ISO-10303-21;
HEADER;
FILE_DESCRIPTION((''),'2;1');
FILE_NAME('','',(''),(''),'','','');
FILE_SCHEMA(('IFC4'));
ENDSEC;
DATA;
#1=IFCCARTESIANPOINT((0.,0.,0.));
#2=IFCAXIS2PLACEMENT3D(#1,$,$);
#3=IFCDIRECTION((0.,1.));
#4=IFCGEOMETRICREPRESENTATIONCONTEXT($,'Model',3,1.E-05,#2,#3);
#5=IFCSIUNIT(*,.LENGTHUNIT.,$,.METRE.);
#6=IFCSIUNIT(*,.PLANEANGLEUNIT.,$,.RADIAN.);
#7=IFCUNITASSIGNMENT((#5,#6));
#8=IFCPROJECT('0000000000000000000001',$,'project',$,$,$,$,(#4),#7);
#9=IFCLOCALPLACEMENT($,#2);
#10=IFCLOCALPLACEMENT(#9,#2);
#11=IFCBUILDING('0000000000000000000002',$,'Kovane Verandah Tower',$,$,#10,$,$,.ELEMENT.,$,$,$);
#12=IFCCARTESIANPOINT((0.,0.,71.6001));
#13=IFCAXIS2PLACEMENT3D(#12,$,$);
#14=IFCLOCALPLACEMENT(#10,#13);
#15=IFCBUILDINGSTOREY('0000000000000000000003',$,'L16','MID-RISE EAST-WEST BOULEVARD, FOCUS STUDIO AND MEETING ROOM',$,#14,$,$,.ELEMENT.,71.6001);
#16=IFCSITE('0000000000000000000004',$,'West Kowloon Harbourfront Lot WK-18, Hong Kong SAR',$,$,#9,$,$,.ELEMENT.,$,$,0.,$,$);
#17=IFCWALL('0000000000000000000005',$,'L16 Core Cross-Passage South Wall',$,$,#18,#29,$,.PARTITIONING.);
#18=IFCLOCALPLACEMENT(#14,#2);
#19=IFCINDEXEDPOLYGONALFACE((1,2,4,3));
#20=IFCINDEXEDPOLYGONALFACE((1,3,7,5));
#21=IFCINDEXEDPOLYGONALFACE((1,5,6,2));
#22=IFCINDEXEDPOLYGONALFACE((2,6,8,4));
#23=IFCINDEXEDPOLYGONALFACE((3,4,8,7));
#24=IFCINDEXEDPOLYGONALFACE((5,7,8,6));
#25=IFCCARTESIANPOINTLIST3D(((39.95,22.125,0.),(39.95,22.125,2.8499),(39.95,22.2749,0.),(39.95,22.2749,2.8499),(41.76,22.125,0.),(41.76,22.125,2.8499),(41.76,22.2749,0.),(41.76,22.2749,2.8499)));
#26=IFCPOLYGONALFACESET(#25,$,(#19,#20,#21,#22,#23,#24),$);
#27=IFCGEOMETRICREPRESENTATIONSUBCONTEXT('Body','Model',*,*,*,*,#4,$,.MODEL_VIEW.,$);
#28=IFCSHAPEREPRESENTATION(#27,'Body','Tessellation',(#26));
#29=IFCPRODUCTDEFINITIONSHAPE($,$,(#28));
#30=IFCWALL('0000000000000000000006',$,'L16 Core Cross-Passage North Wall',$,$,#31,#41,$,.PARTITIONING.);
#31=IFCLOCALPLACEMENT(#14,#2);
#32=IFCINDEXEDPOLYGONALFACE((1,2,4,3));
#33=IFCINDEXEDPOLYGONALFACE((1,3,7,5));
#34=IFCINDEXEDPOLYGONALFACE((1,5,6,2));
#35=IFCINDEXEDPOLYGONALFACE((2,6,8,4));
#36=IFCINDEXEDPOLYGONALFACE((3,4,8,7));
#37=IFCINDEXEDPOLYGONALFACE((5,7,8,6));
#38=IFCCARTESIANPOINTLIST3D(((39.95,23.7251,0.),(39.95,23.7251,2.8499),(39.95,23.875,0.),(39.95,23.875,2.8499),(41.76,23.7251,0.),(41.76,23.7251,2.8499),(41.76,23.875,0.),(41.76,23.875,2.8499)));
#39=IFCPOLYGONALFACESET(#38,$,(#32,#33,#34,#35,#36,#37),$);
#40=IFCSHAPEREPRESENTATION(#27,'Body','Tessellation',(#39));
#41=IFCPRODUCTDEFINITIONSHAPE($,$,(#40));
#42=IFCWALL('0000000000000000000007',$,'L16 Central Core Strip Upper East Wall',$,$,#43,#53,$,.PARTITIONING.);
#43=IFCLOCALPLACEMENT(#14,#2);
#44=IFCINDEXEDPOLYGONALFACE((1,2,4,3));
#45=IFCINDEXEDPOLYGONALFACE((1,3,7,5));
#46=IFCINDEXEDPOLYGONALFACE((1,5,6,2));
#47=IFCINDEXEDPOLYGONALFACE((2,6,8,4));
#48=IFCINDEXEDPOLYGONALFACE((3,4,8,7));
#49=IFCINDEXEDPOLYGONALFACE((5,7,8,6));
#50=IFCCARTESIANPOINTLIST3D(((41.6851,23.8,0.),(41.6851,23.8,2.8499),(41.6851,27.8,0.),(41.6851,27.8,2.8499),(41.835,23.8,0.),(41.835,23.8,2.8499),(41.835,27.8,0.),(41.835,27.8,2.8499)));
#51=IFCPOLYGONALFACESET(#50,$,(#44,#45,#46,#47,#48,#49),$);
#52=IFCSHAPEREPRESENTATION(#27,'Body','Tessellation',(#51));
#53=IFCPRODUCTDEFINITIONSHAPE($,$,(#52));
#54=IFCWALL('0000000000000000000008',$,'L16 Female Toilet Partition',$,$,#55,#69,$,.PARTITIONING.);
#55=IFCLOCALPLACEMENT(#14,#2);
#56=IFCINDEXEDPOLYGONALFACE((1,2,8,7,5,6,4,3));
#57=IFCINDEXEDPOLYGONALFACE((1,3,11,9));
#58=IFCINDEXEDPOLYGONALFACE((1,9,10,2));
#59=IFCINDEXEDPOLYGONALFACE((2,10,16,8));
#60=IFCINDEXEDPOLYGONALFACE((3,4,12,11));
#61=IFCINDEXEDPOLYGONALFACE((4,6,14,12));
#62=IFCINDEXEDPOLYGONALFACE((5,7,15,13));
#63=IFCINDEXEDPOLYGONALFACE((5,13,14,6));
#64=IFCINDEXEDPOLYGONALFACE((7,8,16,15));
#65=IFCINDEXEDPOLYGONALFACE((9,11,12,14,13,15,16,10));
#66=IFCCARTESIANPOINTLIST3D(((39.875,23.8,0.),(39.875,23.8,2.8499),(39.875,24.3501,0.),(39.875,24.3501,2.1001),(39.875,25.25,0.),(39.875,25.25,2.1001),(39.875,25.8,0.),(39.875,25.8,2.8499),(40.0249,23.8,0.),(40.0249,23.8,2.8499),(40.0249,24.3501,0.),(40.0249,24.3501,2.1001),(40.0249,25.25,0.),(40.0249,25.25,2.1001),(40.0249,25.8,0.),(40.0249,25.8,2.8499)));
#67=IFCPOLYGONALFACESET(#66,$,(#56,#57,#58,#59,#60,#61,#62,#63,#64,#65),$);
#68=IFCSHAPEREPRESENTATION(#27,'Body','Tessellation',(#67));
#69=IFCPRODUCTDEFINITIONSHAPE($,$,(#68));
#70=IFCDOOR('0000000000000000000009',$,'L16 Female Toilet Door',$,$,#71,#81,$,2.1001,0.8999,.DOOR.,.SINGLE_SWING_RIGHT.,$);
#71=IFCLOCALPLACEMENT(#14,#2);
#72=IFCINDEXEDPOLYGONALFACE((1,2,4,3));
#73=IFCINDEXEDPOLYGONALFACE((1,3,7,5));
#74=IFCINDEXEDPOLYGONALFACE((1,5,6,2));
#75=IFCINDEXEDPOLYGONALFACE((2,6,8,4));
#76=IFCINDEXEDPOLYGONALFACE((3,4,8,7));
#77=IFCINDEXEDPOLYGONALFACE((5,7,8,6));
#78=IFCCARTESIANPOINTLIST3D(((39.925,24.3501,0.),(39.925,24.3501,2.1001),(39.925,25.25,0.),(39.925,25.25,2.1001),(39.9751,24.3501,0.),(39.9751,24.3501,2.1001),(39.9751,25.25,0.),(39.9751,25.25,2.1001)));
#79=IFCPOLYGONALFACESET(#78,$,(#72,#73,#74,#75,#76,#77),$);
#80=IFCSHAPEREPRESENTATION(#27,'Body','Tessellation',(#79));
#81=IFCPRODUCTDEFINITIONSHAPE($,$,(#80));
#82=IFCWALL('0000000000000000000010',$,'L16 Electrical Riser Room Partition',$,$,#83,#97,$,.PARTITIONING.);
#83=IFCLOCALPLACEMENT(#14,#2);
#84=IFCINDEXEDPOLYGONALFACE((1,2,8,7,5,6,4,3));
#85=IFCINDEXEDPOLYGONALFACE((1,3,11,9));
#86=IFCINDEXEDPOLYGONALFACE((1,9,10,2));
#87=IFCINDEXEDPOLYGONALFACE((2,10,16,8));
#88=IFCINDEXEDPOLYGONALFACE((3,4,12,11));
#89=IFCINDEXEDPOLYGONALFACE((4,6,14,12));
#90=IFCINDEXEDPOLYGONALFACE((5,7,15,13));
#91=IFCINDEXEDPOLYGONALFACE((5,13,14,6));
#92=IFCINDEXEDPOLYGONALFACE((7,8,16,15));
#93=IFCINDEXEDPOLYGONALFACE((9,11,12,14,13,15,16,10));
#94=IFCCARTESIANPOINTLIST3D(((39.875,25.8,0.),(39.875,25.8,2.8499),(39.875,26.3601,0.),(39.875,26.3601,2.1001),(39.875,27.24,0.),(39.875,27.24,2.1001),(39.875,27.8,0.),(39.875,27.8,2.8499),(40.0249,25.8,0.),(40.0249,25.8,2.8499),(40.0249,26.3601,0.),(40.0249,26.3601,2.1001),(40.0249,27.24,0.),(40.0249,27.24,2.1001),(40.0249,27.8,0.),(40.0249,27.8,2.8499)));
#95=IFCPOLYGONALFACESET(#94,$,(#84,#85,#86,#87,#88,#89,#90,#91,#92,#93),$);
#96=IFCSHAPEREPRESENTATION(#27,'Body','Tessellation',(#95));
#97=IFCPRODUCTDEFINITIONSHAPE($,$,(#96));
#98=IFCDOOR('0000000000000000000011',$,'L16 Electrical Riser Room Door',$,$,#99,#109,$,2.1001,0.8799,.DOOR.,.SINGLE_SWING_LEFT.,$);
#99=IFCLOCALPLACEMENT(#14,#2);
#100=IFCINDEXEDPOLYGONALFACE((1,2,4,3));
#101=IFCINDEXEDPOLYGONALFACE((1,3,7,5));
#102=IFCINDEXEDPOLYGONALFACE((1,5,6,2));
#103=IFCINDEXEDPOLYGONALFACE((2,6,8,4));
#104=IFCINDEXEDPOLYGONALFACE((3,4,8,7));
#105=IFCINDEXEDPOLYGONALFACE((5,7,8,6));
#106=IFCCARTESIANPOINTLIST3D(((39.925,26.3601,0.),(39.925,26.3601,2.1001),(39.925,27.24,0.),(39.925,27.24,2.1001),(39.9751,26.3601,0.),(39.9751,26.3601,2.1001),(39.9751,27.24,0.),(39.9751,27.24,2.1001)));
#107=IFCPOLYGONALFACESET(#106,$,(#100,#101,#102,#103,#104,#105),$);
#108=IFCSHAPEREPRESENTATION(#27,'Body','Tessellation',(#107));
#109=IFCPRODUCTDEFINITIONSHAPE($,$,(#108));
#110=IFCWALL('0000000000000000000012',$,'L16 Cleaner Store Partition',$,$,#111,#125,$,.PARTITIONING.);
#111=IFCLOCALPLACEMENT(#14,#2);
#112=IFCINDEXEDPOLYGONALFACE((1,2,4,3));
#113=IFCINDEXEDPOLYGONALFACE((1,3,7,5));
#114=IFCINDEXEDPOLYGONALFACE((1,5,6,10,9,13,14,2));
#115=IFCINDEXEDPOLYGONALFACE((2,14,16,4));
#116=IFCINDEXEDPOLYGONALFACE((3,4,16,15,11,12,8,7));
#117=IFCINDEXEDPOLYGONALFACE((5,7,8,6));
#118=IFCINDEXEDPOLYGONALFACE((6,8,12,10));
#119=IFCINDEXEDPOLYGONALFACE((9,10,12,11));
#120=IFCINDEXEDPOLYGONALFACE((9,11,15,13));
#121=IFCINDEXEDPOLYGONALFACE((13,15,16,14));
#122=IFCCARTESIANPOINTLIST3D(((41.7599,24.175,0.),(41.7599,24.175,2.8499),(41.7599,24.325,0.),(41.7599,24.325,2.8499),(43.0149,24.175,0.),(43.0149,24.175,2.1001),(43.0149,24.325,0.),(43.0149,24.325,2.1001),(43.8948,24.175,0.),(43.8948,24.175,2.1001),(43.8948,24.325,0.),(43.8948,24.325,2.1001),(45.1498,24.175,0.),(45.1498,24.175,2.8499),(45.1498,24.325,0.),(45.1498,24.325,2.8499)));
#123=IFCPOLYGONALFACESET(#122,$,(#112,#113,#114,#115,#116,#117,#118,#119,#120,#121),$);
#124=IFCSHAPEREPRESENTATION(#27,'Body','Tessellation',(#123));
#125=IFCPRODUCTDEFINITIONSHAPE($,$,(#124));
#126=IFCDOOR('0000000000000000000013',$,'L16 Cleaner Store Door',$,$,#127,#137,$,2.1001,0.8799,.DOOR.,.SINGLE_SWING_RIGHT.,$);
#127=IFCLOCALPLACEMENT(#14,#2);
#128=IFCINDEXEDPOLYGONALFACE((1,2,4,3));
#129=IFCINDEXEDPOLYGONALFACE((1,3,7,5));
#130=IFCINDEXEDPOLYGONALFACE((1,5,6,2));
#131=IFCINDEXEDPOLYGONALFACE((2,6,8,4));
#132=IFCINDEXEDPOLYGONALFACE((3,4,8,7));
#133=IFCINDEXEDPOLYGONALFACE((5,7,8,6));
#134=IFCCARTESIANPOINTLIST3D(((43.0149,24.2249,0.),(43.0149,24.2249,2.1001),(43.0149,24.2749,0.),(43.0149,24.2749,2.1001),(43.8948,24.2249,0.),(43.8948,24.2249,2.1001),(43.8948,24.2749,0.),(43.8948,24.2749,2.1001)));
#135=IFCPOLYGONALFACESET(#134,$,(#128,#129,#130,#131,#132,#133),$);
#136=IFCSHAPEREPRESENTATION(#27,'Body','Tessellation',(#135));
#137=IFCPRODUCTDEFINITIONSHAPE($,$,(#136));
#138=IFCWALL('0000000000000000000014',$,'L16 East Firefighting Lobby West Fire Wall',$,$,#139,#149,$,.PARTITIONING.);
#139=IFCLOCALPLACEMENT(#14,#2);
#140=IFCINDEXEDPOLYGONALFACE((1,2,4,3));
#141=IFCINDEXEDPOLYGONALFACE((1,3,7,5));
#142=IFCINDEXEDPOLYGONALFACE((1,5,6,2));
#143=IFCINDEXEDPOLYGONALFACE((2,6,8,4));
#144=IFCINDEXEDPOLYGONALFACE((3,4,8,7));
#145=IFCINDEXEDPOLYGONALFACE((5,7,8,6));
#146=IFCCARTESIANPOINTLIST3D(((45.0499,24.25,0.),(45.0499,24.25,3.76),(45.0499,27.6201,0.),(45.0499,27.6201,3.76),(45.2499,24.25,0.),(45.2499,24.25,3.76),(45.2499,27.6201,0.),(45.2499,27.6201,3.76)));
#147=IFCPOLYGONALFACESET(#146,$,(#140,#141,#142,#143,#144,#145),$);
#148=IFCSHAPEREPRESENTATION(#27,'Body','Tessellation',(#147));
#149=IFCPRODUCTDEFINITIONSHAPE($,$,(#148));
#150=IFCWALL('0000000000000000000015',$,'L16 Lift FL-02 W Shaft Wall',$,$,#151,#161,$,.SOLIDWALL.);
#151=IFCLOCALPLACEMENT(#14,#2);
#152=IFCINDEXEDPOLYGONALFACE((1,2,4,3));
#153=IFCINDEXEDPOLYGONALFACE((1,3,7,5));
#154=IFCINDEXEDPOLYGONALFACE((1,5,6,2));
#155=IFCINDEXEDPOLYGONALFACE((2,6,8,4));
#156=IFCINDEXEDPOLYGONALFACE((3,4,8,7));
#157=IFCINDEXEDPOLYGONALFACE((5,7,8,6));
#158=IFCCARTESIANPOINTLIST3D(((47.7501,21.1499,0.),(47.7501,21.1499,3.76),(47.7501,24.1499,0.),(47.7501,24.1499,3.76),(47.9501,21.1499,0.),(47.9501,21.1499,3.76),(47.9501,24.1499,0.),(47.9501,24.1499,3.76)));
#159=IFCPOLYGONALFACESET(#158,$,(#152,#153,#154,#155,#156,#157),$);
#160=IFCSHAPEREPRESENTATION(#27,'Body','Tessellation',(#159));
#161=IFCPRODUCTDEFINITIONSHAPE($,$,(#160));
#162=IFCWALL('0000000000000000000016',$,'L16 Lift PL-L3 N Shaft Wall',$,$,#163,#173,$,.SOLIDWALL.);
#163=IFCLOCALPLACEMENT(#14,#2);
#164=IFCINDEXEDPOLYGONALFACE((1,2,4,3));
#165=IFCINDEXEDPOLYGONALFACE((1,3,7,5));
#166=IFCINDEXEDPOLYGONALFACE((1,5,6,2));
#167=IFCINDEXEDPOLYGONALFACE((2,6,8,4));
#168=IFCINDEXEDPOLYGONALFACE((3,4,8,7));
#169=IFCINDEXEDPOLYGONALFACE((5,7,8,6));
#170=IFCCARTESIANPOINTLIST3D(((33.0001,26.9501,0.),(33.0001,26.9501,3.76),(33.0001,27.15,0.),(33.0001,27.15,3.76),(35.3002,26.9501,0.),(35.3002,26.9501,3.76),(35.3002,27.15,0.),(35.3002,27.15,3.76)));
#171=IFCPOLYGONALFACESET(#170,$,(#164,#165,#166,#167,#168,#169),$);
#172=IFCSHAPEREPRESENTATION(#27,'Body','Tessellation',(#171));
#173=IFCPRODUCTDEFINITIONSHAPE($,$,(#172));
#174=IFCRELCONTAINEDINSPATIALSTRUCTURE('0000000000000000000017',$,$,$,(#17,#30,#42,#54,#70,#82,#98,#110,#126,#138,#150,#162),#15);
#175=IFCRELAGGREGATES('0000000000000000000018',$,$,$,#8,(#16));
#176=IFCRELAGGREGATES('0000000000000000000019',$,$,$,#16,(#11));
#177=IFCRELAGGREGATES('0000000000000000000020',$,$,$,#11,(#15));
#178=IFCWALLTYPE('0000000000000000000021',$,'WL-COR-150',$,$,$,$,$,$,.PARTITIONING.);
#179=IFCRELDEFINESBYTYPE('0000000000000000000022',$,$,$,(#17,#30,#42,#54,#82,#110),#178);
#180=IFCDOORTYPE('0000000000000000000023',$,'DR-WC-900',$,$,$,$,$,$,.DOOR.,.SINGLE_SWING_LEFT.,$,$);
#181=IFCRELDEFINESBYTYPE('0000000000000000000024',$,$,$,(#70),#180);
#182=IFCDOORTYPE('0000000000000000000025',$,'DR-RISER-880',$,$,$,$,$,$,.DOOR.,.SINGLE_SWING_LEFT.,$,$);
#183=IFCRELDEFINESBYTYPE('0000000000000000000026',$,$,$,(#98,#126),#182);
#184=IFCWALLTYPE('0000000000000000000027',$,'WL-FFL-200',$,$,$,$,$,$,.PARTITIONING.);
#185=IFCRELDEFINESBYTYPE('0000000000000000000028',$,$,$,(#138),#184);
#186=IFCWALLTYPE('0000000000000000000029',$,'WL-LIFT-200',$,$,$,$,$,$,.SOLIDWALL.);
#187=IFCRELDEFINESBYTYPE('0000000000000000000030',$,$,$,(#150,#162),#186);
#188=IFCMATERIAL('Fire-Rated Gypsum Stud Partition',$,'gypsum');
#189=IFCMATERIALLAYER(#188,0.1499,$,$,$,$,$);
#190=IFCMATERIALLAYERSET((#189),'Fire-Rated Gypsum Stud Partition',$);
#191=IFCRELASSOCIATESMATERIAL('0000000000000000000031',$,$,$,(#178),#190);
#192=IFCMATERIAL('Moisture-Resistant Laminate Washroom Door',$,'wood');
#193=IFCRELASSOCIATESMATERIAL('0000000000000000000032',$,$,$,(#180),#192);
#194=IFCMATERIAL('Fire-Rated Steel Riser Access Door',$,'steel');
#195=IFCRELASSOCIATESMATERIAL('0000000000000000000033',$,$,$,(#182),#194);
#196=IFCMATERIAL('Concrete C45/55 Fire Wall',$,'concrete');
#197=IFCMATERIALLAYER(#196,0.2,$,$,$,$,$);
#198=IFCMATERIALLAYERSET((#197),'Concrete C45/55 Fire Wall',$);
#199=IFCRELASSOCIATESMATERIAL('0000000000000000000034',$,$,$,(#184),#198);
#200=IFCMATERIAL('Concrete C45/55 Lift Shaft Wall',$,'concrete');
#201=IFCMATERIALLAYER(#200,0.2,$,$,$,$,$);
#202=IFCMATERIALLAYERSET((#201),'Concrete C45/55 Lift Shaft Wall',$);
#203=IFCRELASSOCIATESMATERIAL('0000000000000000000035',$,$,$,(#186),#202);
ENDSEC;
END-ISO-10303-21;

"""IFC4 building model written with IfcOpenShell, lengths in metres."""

from ifc_helpers import new_model, si_unit, direction, frame, frame_2d, origin, place, context, subcontext, project, spatial, rectangle, extrude, material, layer, layer_set, type_object, element, fill, save


model = new_model("IFC4")

# Units and contexts
model_context = context("Model", 3, precision=1e-05, world=origin(), true_north=direction((0.0, 1.0)))
body_context = subcontext(model_context, "Body", "Model", "MODEL_VIEW")
ifc_project = project(units=[si_unit("LENGTHUNIT", "METRE"), si_unit("PLANEANGLEUNIT", "RADIAN")], contexts=[model_context])

# Site, building, storey
site_placement = place(None, origin())
site = spatial("IfcSite", under=ifc_project, at=site_placement, Name="West Kowloon Harbourfront Lot WK-18, Hong Kong SAR", CompositionType="ELEMENT", RefElevation=0.0)
building_placement = place(site_placement, origin())
building = spatial("IfcBuilding", under=site, at=building_placement, Name="Kovane Verandah Tower", CompositionType="ELEMENT")
storey_placement = place(building_placement, frame((0.0, 0.0, 71.6001)))
storey = spatial("IfcBuildingStorey", under=building, at=storey_placement, Name="L16", Description="MID-RISE EAST-WEST BOULEVARD, FOCUS STUDIO AND MEETING ROOM", CompositionType="ELEMENT", Elevation=71.6001)

# Walls
ifc_material_1 = material(Name="Fire-Rated Gypsum Stud Partition", Category="gypsum")
ifc_layer_1 = layer(ifc_material_1, 0.1499)
ifc_layer_set_1 = layer_set([ifc_layer_1], Name="Fire-Rated Gypsum Stud Partition")
wall_type_1 = type_object("IfcWallType", Name="WL-COR-150", PredefinedType="PARTITIONING", material=ifc_layer_set_1)
for number, where, z_axis, x_axis, name in (
    (1, (39.95, 22.2, 0.0), (0.0, 0.0, 1.0), (1.0, 0.0, 0.0), "L16 Core Cross-Passage South Wall"),
    (2, (39.95, 23.8, 0.0), (0.0, 0.0, 1.0), (1.0, 0.0, 0.0), "L16 Core Cross-Passage North Wall"),
):
    element("IfcWall", number, at=place(storey_placement, frame(where, z_axis=z_axis, x_axis=x_axis)), inside=storey, type_object=wall_type_1, Name=name, PredefinedType="PARTITIONING", context=body_context, shape_type="SweptSolid", body=[
        extrude(rectangle(XDim=1.8101, YDim=0.1499, at=frame_2d((0.905, 0.0))), origin(), (0.0, 0.0, 1.0), 2.8499),
    ])
wall_1_placement = place(storey_placement, frame((41.76, 23.8, 0.0), z_axis=(0.0, 0.0, 1.0), x_axis=(0.0, 1.0, 0.0)))
element("IfcWall", 3, at=wall_1_placement, inside=storey, type_object=wall_type_1, Name="L16 Central Core Strip Upper East Wall", PredefinedType="PARTITIONING", context=body_context, shape_type="SweptSolid", body=[
    extrude(rectangle(XDim=4.0, YDim=0.1499, at=frame_2d((2.0, 0.0))), origin(), (0.0, 0.0, 1.0), 2.8499),
])

# Walls, openings, doors
wall_2_placement = place(storey_placement, frame((39.95, 23.8, 0.0), z_axis=(0.0, 0.0, 1.0), x_axis=(0.0, 1.0, 0.0)))
wall_2 = element("IfcWall", 4, at=wall_2_placement, inside=storey, type_object=wall_type_1, Name="L16 Female Toilet Partition", PredefinedType="PARTITIONING", context=body_context, shape_type="SweptSolid", body=[
    extrude(rectangle(XDim=2.0, YDim=0.1499, at=frame_2d((1.0, 0.0))), origin(), (0.0, 0.0, 1.0), 2.8499),
])
opening_1_placement = place(wall_2_placement, frame((0.55, 0.0, 0.0)))
opening_1 = element("IfcOpeningElement", 5, at=opening_1_placement, cuts=wall_2, PredefinedType="OPENING", context=body_context, shape_type="SweptSolid", body=[
    extrude(rectangle(XDim=0.8999, YDim=2.1001, at=frame_2d((0.45, 1.05))), frame((0.0, 0.075, 0.0), z_axis=(0.0, -1.0, 0.0), x_axis=(1.0, 0.0, 0.0)), (0.0, 0.0, 1.0), 0.1499),
])
ifc_material_2 = material(Name="Moisture-Resistant Laminate Washroom Door", Category="wood")
door_type_1 = type_object("IfcDoorType", Name="DR-WC-900", OperationType="SINGLE_SWING_LEFT", PredefinedType="DOOR", material=ifc_material_2)
door_1_placement = place(opening_1_placement, origin())
door_1 = element("IfcDoor", 6, at=door_1_placement, inside=storey, type_object=door_type_1, Name="L16 Female Toilet Door", OperationType="SINGLE_SWING_RIGHT", OverallHeight=2.1001, OverallWidth=0.8999, PredefinedType="DOOR", context=body_context, shape_type="SweptSolid", body=[
    extrude(rectangle(XDim=0.8999, YDim=2.1001, at=frame_2d((0.45, 1.05))), frame((0.0, 0.0249, 0.0), z_axis=(0.0, -1.0, 0.0), x_axis=(1.0, 0.0, 0.0)), (0.0, 0.0, 1.0), 0.05),
])
fill(opening_1, door_1)
wall_3_placement = place(storey_placement, frame((39.95, 25.8, 0.0), z_axis=(0.0, 0.0, 1.0), x_axis=(0.0, 1.0, 0.0)))
wall_3 = element("IfcWall", 7, at=wall_3_placement, inside=storey, type_object=wall_type_1, Name="L16 Electrical Riser Room Partition", PredefinedType="PARTITIONING", context=body_context, shape_type="SweptSolid", body=[
    extrude(rectangle(XDim=2.0, YDim=0.1499, at=frame_2d((1.0, 0.0))), origin(), (0.0, 0.0, 1.0), 2.8499),
])
opening_2_placement = place(wall_3_placement, frame((0.5601, 0.0, 0.0)))
opening_2 = element("IfcOpeningElement", 8, at=opening_2_placement, cuts=wall_3, PredefinedType="OPENING", context=body_context, shape_type="SweptSolid", body=[
    extrude(rectangle(XDim=0.8799, YDim=2.1001, at=frame_2d((0.4399, 1.05))), frame((0.0, 0.075, 0.0), z_axis=(0.0, -1.0, 0.0), x_axis=(1.0, 0.0, 0.0)), (0.0, 0.0, 1.0), 0.1499),
])
ifc_material_3 = material(Name="Fire-Rated Steel Riser Access Door", Category="steel")
door_type_2 = type_object("IfcDoorType", Name="DR-RISER-880", OperationType="SINGLE_SWING_LEFT", PredefinedType="DOOR", material=ifc_material_3)
door_2_placement = place(opening_2_placement, origin())
door_2 = element("IfcDoor", 9, at=door_2_placement, inside=storey, type_object=door_type_2, Name="L16 Electrical Riser Room Door", OperationType="SINGLE_SWING_LEFT", OverallHeight=2.1001, OverallWidth=0.8799, PredefinedType="DOOR", context=body_context, shape_type="SweptSolid", body=[
    extrude(rectangle(XDim=0.8799, YDim=2.1001, at=frame_2d((0.4399, 1.05))), frame((0.0, 0.0249, 0.0), z_axis=(0.0, -1.0, 0.0), x_axis=(1.0, 0.0, 0.0)), (0.0, 0.0, 1.0), 0.05),
])
fill(opening_2, door_2)
wall_4_placement = place(storey_placement, frame((41.76, 24.25, 0.0), z_axis=(0.0, 0.0, 1.0), x_axis=(1.0, 0.0, 0.0)))
wall_4 = element("IfcWall", 10, at=wall_4_placement, inside=storey, type_object=wall_type_1, Name="L16 Cleaner Store Partition", PredefinedType="PARTITIONING", context=body_context, shape_type="SweptSolid", body=[
    extrude(rectangle(XDim=3.3899, YDim=0.1499, at=frame_2d((1.6948, 0.0))), origin(), (0.0, 0.0, 1.0), 2.8499),
])
opening_3_placement = place(wall_4_placement, frame((1.2549, 0.0, 0.0)))
opening_3 = element("IfcOpeningElement", 11, at=opening_3_placement, cuts=wall_4, PredefinedType="OPENING", context=body_context, shape_type="SweptSolid", body=[
    extrude(rectangle(XDim=0.8799, YDim=2.1001, at=frame_2d((0.4399, 1.05))), frame((0.0, 0.075, 0.0), z_axis=(0.0, -1.0, 0.0), x_axis=(1.0, 0.0, 0.0)), (0.0, 0.0, 1.0), 0.1499),
])
door_3_placement = place(opening_3_placement, origin())
door_3 = element("IfcDoor", 12, at=door_3_placement, inside=storey, type_object=door_type_2, Name="L16 Cleaner Store Door", OperationType="SINGLE_SWING_RIGHT", OverallHeight=2.1001, OverallWidth=0.8799, PredefinedType="DOOR", context=body_context, shape_type="SweptSolid", body=[
    extrude(rectangle(XDim=0.8799, YDim=2.1001, at=frame_2d((0.4399, 1.05))), frame((0.0, 0.0249, 0.0), z_axis=(0.0, -1.0, 0.0), x_axis=(1.0, 0.0, 0.0)), (0.0, 0.0, 1.0), 0.05),
])
fill(opening_3, door_3)

# Wall
ifc_material_4 = material(Name="Concrete C45/55 Fire Wall", Category="concrete")
ifc_layer_2 = layer(ifc_material_4, 0.2)
ifc_layer_set_2 = layer_set([ifc_layer_2], Name="Concrete C45/55 Fire Wall")
wall_type_2 = type_object("IfcWallType", Name="WL-FFL-200", PredefinedType="PARTITIONING", material=ifc_layer_set_2)
wall_5_placement = place(storey_placement, frame((45.1499, 24.25, 0.0), z_axis=(0.0, 0.0, 1.0), x_axis=(0.0, 1.0, 0.0)))
element("IfcWall", 13, at=wall_5_placement, inside=storey, type_object=wall_type_2, Name="L16 East Firefighting Lobby West Fire Wall", PredefinedType="PARTITIONING", context=body_context, shape_type="SweptSolid", body=[
    extrude(rectangle(XDim=3.3701, YDim=0.2, at=frame_2d((1.6851, 0.0))), origin(), (0.0, 0.0, 1.0), 3.76),
])

# Shared definitions
ifc_material_5 = material(Name="Concrete C45/55 Lift Shaft Wall", Category="concrete")
ifc_layer_3 = layer(ifc_material_5, 0.2)
ifc_layer_set_3 = layer_set([ifc_layer_3], Name="Concrete C45/55 Lift Shaft Wall")
wall_type_3 = type_object("IfcWallType", Name="WL-LIFT-200", PredefinedType="SOLIDWALL", material=ifc_layer_set_3)

# Wall
wall_6_placement = place(storey_placement, frame((47.8501, 24.1499, 0.0), z_axis=(0.0, 0.0, 1.0), x_axis=(0.0, -1.0, 0.0)))
element("IfcWall", 14, at=wall_6_placement, inside=storey, type_object=wall_type_3, Name="L16 Lift FL-02 W Shaft Wall", PredefinedType="SOLIDWALL", context=body_context, shape_type="SweptSolid", body=[
    extrude(rectangle(XDim=3.0, YDim=0.2, at=frame_2d((1.5, 0.0))), origin(), (0.0, 0.0, 1.0), 3.76),
])

# Wall
wall_7_placement = place(storey_placement, frame((35.3, 27.05, 0.0), z_axis=(0.0, 0.0, 1.0), x_axis=(-1.0, 0.0, 0.0)))
element("IfcWall", 15, at=wall_7_placement, inside=storey, type_object=wall_type_3, Name="L16 Lift PL-L3 N Shaft Wall", PredefinedType="SOLIDWALL", context=body_context, shape_type="SweptSolid", body=[
    extrude(rectangle(XDim=2.3, YDim=0.2, at=frame_2d((1.1499, 0.0))), origin(), (0.0, 0.0, 1.0), 3.76),
])

save(model, "model.ifc")
